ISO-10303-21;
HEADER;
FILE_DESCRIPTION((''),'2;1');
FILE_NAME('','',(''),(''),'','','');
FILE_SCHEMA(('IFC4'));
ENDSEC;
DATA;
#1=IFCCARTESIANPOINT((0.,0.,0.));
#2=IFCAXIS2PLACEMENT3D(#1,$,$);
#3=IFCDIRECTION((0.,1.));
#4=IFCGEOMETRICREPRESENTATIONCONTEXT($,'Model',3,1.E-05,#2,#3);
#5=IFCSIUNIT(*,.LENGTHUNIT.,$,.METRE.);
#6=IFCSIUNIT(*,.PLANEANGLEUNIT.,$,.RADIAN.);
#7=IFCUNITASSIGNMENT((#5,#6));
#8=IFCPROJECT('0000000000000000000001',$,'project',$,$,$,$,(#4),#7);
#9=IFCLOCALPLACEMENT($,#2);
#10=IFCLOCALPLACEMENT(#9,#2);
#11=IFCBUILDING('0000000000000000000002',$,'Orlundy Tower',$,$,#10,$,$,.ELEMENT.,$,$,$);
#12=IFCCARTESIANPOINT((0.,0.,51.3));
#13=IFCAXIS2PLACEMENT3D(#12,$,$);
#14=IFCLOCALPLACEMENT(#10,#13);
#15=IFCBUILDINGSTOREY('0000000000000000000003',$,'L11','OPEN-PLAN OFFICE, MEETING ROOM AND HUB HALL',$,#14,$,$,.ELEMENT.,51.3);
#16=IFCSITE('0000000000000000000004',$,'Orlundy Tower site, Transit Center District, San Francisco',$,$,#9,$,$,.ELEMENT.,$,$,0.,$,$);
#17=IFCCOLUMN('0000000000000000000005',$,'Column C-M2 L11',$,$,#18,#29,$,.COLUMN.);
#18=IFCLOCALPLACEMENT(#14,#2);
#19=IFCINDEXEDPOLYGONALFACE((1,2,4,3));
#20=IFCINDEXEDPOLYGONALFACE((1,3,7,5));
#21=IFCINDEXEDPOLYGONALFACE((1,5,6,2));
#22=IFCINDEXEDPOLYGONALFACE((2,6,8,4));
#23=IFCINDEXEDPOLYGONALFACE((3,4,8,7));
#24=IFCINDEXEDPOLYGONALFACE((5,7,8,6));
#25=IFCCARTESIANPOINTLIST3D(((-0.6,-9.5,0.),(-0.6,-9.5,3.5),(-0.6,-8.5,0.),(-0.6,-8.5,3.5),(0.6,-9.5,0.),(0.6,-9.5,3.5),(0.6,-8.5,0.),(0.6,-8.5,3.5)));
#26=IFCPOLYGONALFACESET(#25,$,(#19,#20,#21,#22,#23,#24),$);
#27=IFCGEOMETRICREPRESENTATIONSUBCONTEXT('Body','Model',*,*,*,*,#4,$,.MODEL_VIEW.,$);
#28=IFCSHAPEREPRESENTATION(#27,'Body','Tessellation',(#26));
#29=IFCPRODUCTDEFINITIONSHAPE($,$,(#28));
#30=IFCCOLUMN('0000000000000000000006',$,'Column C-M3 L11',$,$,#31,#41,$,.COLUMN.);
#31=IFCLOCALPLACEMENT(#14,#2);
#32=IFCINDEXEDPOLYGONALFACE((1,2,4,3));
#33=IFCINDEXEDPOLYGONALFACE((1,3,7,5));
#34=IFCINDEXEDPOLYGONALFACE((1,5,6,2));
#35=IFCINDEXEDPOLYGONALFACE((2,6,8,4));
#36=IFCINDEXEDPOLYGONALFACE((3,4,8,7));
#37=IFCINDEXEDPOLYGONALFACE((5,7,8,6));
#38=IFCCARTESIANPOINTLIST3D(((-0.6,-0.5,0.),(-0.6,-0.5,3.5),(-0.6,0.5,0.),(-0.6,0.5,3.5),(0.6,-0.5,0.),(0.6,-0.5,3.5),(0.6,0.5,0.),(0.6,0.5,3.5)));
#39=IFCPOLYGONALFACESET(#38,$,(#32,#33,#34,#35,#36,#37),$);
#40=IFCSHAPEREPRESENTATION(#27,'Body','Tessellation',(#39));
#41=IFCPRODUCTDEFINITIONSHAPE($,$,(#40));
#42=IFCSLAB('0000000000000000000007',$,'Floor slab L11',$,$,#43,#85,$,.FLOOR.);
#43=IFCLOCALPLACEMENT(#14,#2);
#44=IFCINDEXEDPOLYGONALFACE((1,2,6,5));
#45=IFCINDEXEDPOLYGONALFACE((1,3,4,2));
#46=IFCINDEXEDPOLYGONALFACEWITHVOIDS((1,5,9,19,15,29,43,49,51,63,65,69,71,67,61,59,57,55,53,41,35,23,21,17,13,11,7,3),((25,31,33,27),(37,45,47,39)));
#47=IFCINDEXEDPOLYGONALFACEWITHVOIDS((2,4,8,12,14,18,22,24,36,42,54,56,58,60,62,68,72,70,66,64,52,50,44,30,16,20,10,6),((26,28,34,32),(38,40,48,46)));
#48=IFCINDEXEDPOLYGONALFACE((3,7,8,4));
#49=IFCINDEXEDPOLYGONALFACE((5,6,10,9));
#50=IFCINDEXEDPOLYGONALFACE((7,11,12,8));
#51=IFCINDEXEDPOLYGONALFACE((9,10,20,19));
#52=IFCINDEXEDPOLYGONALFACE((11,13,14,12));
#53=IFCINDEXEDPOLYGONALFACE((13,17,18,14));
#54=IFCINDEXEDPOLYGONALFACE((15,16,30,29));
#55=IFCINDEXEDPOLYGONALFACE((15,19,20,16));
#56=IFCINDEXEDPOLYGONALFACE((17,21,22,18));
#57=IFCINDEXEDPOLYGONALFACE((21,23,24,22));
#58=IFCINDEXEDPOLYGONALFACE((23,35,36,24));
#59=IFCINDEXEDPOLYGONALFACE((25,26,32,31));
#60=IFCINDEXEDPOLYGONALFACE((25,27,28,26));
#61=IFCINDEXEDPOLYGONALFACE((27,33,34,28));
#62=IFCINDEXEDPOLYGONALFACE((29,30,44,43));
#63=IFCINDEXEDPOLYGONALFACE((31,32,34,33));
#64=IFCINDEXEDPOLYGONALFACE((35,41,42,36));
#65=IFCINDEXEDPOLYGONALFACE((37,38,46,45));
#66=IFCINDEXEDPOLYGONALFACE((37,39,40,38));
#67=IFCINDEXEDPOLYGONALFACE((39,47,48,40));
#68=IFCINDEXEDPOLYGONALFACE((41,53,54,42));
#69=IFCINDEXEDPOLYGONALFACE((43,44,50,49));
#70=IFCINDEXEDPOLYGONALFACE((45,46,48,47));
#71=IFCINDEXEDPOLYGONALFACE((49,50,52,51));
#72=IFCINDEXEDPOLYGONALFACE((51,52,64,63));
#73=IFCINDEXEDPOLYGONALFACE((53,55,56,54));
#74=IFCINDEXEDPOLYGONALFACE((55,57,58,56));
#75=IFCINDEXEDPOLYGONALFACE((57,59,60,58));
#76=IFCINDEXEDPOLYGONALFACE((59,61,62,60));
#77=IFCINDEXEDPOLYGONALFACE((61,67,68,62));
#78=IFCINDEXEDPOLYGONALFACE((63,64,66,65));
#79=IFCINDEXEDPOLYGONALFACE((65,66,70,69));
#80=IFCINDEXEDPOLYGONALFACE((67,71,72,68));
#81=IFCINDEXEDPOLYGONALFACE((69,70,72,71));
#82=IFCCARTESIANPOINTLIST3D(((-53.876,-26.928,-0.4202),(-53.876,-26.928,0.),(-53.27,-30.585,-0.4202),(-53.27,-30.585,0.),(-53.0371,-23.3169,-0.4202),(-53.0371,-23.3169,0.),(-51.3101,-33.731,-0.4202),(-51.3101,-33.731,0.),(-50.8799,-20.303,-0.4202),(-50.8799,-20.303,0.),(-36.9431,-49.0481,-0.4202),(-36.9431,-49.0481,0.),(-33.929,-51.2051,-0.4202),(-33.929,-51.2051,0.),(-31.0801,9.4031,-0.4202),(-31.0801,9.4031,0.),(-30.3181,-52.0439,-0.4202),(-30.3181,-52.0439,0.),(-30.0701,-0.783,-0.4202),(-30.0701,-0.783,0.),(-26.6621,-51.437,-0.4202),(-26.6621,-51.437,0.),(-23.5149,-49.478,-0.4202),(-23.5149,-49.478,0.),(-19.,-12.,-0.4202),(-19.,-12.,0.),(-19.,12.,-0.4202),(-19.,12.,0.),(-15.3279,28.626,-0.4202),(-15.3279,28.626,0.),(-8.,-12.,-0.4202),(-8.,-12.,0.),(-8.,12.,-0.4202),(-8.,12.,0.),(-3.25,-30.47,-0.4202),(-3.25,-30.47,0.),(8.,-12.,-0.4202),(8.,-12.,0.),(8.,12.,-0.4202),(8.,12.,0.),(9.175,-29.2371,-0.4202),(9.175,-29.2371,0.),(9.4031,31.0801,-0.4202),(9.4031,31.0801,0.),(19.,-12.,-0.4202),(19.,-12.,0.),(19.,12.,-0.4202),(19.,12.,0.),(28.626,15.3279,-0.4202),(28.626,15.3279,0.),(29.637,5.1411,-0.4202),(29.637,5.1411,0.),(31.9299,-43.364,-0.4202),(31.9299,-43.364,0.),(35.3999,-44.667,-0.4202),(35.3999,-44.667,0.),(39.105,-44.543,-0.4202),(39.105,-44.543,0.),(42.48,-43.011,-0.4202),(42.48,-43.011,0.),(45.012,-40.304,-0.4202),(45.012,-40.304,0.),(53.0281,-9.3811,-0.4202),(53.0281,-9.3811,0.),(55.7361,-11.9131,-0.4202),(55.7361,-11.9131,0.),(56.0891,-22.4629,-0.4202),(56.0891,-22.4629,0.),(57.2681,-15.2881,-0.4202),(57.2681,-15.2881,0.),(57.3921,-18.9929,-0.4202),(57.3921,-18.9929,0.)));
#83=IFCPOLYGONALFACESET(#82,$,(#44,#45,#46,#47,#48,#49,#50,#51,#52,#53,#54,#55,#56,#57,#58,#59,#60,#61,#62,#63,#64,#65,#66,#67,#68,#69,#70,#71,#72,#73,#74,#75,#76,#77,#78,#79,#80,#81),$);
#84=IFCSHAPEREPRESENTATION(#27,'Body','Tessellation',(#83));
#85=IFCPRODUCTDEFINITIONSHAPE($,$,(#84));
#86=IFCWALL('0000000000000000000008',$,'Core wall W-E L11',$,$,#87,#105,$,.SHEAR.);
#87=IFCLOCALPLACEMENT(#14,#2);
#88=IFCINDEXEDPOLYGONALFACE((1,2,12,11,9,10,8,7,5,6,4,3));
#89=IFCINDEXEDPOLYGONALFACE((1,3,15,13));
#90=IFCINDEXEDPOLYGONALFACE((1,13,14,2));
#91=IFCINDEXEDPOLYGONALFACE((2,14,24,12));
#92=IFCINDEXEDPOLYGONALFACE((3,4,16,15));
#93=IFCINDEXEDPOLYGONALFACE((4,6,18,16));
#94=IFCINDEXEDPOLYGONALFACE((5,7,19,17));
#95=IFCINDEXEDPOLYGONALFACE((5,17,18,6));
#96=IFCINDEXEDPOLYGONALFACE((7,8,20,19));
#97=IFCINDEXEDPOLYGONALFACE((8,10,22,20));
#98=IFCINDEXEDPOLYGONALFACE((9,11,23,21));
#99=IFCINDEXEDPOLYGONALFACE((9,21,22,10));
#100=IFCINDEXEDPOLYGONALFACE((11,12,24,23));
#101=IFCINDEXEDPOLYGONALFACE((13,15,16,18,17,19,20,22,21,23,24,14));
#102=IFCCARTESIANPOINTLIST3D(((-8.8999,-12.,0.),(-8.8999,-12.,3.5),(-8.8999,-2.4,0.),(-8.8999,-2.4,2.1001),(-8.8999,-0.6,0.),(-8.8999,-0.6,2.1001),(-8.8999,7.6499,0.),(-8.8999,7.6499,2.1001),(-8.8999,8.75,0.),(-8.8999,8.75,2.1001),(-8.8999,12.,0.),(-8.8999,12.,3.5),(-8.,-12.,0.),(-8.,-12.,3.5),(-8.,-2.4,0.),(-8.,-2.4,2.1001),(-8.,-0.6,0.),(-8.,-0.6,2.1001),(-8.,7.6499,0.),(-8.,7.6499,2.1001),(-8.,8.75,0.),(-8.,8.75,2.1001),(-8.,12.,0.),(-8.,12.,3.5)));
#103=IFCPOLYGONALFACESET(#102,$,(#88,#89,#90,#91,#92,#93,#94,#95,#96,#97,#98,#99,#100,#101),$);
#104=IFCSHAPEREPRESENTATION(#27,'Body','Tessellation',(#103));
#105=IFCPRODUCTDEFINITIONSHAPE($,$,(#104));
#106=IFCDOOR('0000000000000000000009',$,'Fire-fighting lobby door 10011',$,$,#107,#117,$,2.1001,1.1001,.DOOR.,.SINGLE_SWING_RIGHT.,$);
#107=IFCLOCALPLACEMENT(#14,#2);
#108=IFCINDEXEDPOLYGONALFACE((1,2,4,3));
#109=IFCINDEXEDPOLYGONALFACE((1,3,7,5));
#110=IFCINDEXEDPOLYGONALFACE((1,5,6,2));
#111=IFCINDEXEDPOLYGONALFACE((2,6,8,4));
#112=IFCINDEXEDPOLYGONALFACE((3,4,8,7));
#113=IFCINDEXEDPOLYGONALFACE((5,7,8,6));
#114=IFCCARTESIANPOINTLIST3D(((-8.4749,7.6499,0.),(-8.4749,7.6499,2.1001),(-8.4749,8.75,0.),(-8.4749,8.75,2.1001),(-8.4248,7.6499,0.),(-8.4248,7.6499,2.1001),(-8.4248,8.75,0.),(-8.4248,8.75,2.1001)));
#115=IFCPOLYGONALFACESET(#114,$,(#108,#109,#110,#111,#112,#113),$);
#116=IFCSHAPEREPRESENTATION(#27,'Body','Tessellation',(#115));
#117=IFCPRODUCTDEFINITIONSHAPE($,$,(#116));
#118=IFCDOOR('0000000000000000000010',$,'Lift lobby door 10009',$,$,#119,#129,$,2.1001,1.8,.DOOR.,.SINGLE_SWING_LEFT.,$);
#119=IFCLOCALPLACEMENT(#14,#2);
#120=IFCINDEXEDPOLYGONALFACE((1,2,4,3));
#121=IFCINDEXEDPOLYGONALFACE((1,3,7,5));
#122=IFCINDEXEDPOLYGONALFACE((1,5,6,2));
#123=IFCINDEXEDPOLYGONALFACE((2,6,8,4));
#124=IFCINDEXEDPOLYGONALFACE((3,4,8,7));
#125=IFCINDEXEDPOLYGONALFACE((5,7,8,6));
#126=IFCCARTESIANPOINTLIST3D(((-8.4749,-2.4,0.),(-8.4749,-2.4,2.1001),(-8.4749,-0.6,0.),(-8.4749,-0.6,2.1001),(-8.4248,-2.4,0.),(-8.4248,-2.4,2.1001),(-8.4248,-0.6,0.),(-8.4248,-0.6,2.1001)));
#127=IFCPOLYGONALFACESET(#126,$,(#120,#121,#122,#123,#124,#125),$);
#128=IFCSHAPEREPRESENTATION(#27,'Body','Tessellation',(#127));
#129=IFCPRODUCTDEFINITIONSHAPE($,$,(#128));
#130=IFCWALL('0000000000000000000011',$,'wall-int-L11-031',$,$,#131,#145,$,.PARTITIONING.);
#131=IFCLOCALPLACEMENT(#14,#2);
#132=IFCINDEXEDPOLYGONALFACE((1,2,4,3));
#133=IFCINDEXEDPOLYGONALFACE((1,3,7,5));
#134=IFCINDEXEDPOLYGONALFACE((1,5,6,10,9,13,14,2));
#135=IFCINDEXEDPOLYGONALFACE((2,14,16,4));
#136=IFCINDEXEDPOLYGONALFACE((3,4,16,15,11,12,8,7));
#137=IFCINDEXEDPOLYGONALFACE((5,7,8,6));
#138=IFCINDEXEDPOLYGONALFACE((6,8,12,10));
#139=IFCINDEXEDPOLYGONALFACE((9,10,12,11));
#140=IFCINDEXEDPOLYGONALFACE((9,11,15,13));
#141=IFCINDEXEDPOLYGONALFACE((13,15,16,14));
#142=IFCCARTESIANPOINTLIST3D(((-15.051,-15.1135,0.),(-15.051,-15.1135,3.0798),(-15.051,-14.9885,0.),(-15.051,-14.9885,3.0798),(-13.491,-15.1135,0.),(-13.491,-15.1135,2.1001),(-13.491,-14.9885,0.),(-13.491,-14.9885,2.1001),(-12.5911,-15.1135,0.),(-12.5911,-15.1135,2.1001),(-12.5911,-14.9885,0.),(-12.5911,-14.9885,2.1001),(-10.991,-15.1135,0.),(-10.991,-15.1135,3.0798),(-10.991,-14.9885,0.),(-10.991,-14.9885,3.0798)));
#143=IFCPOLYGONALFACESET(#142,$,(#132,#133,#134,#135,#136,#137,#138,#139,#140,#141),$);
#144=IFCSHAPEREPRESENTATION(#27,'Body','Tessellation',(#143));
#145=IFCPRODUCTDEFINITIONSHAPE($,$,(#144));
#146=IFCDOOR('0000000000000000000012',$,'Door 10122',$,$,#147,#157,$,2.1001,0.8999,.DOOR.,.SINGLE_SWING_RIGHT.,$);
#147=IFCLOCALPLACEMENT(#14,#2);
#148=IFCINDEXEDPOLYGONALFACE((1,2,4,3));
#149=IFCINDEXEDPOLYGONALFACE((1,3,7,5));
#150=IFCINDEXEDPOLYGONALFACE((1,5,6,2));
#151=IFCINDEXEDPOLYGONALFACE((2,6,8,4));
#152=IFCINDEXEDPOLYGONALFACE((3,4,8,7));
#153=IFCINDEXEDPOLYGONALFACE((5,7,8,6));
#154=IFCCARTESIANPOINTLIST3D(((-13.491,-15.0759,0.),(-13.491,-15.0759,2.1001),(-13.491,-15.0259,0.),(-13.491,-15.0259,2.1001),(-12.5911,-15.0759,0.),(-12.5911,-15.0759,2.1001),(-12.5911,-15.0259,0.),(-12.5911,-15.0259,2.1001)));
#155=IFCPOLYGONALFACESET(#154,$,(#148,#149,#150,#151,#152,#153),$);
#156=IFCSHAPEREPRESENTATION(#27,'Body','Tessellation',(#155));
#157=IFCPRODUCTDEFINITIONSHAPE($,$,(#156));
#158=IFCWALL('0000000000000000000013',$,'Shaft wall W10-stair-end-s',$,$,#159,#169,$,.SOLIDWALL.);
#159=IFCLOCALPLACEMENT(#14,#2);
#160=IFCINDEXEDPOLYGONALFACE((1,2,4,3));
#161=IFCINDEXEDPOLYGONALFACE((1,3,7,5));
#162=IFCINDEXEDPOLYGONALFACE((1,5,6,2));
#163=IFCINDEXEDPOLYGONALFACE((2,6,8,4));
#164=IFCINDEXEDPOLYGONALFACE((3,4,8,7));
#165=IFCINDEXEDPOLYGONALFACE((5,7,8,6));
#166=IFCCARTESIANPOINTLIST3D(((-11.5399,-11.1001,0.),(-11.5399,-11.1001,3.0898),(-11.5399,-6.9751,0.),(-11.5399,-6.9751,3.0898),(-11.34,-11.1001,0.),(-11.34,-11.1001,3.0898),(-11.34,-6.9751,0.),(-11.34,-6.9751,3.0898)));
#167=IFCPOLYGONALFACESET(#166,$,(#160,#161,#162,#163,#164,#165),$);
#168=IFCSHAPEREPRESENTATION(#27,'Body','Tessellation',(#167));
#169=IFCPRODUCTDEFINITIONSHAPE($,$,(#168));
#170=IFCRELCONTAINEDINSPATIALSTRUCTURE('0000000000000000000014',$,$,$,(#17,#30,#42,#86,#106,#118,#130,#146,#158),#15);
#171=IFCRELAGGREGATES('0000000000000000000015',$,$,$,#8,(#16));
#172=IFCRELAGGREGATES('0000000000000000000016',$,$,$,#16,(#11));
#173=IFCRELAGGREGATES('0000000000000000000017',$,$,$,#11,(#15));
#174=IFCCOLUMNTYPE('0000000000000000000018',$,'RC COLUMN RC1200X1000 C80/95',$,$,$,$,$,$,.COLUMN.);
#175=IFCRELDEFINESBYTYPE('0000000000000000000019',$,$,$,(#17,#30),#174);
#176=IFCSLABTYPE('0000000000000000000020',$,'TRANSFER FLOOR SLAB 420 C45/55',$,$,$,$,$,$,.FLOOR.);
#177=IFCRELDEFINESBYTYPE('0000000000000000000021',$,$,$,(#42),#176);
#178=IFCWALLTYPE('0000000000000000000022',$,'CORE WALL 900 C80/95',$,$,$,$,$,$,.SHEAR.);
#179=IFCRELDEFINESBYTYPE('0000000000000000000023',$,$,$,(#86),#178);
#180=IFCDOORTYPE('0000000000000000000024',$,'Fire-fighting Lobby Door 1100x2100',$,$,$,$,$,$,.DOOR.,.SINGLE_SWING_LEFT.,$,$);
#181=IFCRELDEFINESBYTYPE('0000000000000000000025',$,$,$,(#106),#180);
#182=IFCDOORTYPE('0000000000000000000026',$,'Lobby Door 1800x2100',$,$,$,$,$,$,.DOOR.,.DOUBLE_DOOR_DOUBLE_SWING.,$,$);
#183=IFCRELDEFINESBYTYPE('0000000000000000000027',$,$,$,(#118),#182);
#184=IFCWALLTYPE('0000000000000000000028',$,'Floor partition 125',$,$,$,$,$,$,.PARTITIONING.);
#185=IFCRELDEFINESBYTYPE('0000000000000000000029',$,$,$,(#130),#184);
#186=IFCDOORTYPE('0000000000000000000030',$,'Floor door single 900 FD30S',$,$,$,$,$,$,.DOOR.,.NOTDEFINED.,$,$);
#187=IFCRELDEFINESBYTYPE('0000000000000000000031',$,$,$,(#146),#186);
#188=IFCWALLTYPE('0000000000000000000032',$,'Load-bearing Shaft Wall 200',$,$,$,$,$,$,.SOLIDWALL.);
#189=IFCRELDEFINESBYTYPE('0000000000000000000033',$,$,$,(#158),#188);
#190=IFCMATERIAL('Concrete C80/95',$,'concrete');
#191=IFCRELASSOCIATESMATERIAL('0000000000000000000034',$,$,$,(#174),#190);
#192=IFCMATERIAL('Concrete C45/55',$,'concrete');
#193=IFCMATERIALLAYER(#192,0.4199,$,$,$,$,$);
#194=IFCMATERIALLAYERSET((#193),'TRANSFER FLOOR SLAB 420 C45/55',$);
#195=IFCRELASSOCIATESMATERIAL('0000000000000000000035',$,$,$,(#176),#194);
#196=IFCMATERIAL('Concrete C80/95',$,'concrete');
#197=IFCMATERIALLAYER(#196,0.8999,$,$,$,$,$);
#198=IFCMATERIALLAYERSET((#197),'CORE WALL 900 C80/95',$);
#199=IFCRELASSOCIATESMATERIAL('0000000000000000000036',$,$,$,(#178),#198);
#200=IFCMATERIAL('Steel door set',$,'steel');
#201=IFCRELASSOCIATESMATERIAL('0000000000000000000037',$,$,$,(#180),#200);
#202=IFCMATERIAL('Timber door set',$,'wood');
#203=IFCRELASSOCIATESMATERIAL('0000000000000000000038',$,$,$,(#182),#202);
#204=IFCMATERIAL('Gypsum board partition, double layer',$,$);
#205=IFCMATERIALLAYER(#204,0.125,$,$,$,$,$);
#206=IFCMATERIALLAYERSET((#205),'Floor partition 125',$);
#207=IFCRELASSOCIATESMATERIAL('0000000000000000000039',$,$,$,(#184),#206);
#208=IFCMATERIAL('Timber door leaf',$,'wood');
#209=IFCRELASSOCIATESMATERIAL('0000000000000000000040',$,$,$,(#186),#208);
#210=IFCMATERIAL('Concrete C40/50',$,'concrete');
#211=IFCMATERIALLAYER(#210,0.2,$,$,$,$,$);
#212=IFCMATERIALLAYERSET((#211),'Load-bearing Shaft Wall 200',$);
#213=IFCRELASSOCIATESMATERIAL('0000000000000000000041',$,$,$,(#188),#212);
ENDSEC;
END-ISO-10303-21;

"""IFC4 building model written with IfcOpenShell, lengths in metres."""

from ifc_helpers import new_model, si_unit, direction, frame, frame_2d, origin, origin_2d, place, context, subcontext, project, spatial, polyline, rectangle, outline, extrude, material, layer, layer_set, material_profile, profile_set, type_object, element, fill, save


model = new_model("IFC4")

# Units and contexts
model_context = context("Model", 3, precision=1e-05, world=origin(), true_north=direction((0.0, 1.0)))
body_context = subcontext(model_context, "Body", "Model", "MODEL_VIEW")
ifc_project = project(units=[si_unit("LENGTHUNIT", "METRE"), si_unit("PLANEANGLEUNIT", "RADIAN")], contexts=[model_context])

# Site, building, storey
site_placement = place(None, origin())
site = spatial("IfcSite", under=ifc_project, at=site_placement, Name="Orlundy Tower site, Transit Center District, San Francisco", CompositionType="ELEMENT", RefElevation=0.0)
building_placement = place(site_placement, origin())
building = spatial("IfcBuilding", under=site, at=building_placement, Name="Orlundy Tower", CompositionType="ELEMENT")
storey_placement = place(building_placement, frame((0.0, 0.0, 51.3)))
storey = spatial("IfcBuildingStorey", under=building, at=storey_placement, Name="L11", Description="OPEN-PLAN OFFICE, MEETING ROOM AND HUB HALL", CompositionType="ELEMENT", Elevation=51.3)

# Columns
ifc_material_1 = material(Name="Concrete C80/95", Category="concrete")
ifc_material_profile = material_profile(ifc_material_1, rectangle(XDim=1.2, YDim=1.0, at=origin_2d()), Name="RC1200X1000")
ifc_profile_set = profile_set([ifc_material_profile], Name="Concrete C80/95")
column_type = type_object("IfcColumnType", Name="RC COLUMN RC1200X1000 C80/95", PredefinedType="COLUMN", material=ifc_profile_set)
for number, where, z_axis, x_axis, name in (
    (1, (0.0, -9.0, 0.0), (0.0, 0.0, 1.0), (1.0, 0.0, 0.0), "Column C-M2 L11"),
    (2, (0.0, 0.0, 0.0), (0.0, 0.0, 1.0), (1.0, 0.0, 0.0), "Column C-M3 L11"),
):
    element("IfcColumn", number, at=place(storey_placement, frame(where, z_axis=z_axis, x_axis=x_axis)), inside=storey, type_object=column_type, Name=name, PredefinedType="COLUMN", context=body_context, shape_type="SweptSolid", body=[
        extrude(rectangle(XDim=1.2, YDim=1.0, at=origin_2d()), origin(), (0.0, 0.0, 1.0), 3.5),
    ])

# Slab
ifc_material_2 = material(Name="Concrete C45/55", Category="concrete")
ifc_layer_1 = layer(ifc_material_2, 0.4199)
ifc_layer_set_1 = layer_set([ifc_layer_1], Name="TRANSFER FLOOR SLAB 420 C45/55")
slab_type = type_object("IfcSlabType", Name="TRANSFER FLOOR SLAB 420 C45/55", PredefinedType="FLOOR", material=ifc_layer_set_1)
slab_placement = place(storey_placement, frame((0.0, 0.0, -0.4202)))
element("IfcSlab", 3, at=slab_placement, inside=storey, type_object=slab_type, Name="Floor slab L11", PredefinedType="FLOOR", context=body_context, shape_type="SweptSolid", body=[
    extrude(outline(polyline([(-30.0701, -0.783), (-31.0801, 9.4031), (-15.3279, 28.626), (9.4031, 31.0801), (28.626, 15.3279), (29.637, 5.1411), (53.0281, -9.3811), (55.7361, -11.9131), (57.2681, -15.2881), (57.3921, -18.9929), (56.0891, -22.4629), (45.012, -40.304), (42.48, -43.011), (39.105, -44.543), (35.3999, -44.667), (31.9299, -43.364), (9.175, -29.2371), (-3.25, -30.47), (-23.5149, -49.478), (-26.6621, -51.437), (-30.3181, -52.0439), (-33.929, -51.2051), (-36.9431, -49.0481), (-51.3101, -33.731), (-53.27, -30.585), (-53.876, -26.928), (-53.0371, -23.3169), (-50.8799, -20.303), (-30.0701, -0.783)]), holes=[polyline([(-8.0, -12.0), (-8.0, 12.0), (-19.0, 12.0), (-19.0, -12.0), (-8.0, -12.0)]), polyline([(19.0, -12.0), (19.0, 12.0), (8.0, 12.0), (8.0, -12.0), (19.0, -12.0)])]), origin(), (0.0, 0.0, 1.0), 0.4202),
])

# Wall, openings, doors
ifc_material_3 = material(Name="Concrete C80/95", Category="concrete")
ifc_layer_2 = layer(ifc_material_3, 0.8999)
ifc_layer_set_2 = layer_set([ifc_layer_2], Name="CORE WALL 900 C80/95")
wall_type_1 = type_object("IfcWallType", Name="CORE WALL 900 C80/95", PredefinedType="SHEAR", material=ifc_layer_set_2)
wall_1_placement = place(storey_placement, frame((-8.45, -12.0, 0.0), z_axis=(0.0, 0.0, 1.0), x_axis=(0.0, 1.0, 0.0)))
wall_1 = element("IfcWall", 4, at=wall_1_placement, inside=storey, type_object=wall_type_1, Name="Core wall W-E L11", PredefinedType="SHEAR", context=body_context, shape_type="SweptSolid", body=[
    extrude(rectangle(XDim=24.0, YDim=0.8999, at=frame_2d((12.0, 0.0))), origin(), (0.0, 0.0, 1.0), 3.5),
])
opening_1_placement = place(wall_1_placement, frame((9.6001, 0.0, 0.0)))
opening_1 = element("IfcOpeningElement", 5, at=opening_1_placement, cuts=wall_1, PredefinedType="OPENING", context=body_context, shape_type="SweptSolid", body=[
    extrude(rectangle(XDim=1.8, YDim=2.1001, at=frame_2d((0.8999, 1.05))), frame((0.0, 0.46, 0.0), z_axis=(0.0, -1.0, 0.0), x_axis=(1.0, 0.0, 0.0)), (0.0, 0.0, 1.0), 0.9199),
])
opening_2_placement = place(wall_1_placement, frame((19.6499, 0.0, 0.0)))
opening_2 = element("IfcOpeningElement", 6, at=opening_2_placement, cuts=wall_1, PredefinedType="OPENING", context=body_context, shape_type="SweptSolid", body=[
    extrude(rectangle(XDim=1.1001, YDim=2.1001, at=frame_2d((0.55, 1.05))), frame((0.0, 0.46, 0.0), z_axis=(0.0, -1.0, 0.0), x_axis=(1.0, 0.0, 0.0)), (0.0, 0.0, 1.0), 0.9199),
])
ifc_material_4 = material(Name="Steel door set", Category="steel")
door_type_1 = type_object("IfcDoorType", Name="Fire-fighting Lobby Door 1100x2100", OperationType="SINGLE_SWING_LEFT", PredefinedType="DOOR", material=ifc_material_4)
door_1_placement = place(opening_2_placement, origin())
door_1 = element("IfcDoor", 7, at=door_1_placement, inside=storey, type_object=door_type_1, Name="Fire-fighting lobby door 10011", OperationType="SINGLE_SWING_RIGHT", OverallHeight=2.1001, OverallWidth=1.1001, PredefinedType="DOOR", context=body_context, shape_type="SweptSolid", body=[
    extrude(rectangle(XDim=1.1001, YDim=2.1001, at=frame_2d((0.55, 1.05))), frame((0.0, 0.0249, 0.0), z_axis=(0.0, -1.0, 0.0), x_axis=(1.0, 0.0, 0.0)), (0.0, 0.0, 1.0), 0.05),
])
fill(opening_2, door_1)
ifc_material_5 = material(Name="Timber door set", Category="wood")
door_type_2 = type_object("IfcDoorType", Name="Lobby Door 1800x2100", OperationType="DOUBLE_DOOR_DOUBLE_SWING", PredefinedType="DOOR", material=ifc_material_5)
door_2_placement = place(opening_1_placement, origin())
door_2 = element("IfcDoor", 8, at=door_2_placement, inside=storey, type_object=door_type_2, Name="Lift lobby door 10009", OperationType="SINGLE_SWING_LEFT", OverallHeight=2.1001, OverallWidth=1.8, PredefinedType="DOOR", context=body_context, shape_type="SweptSolid", body=[
    extrude(rectangle(XDim=1.8, YDim=2.1001, at=frame_2d((0.8999, 1.05))), frame((0.0, 0.0249, 0.0), z_axis=(0.0, -1.0, 0.0), x_axis=(1.0, 0.0, 0.0)), (0.0, 0.0, 1.0), 0.05),
])
fill(opening_1, door_2)

# Wall, opening, door
ifc_material_6 = material(Name="Gypsum board partition, double layer")
ifc_layer_3 = layer(ifc_material_6, 0.125)
ifc_layer_set_3 = layer_set([ifc_layer_3], Name="Floor partition 125")
wall_type_2 = type_object("IfcWallType", Name="Floor partition 125", PredefinedType="PARTITIONING", material=ifc_layer_set_3)
wall_2_placement = place(storey_placement, frame((-10.991, -15.051, 0.0), z_axis=(0.0, 0.0, 1.0), x_axis=(-1.0, 0.0, 0.0)))
wall_2 = element("IfcWall", 9, at=wall_2_placement, inside=storey, type_object=wall_type_2, Name="wall-int-L11-031", PredefinedType="PARTITIONING", context=body_context, shape_type="SweptSolid", body=[
    extrude(rectangle(XDim=4.0601, YDim=0.125, at=frame_2d((2.03, 0.0))), origin(), (0.0, 0.0, 1.0), 3.0798),
])
opening_3_placement = place(wall_2_placement, frame((1.6001, 0.0, 0.0)))
opening_3 = element("IfcOpeningElement", 10, at=opening_3_placement, cuts=wall_2, PredefinedType="OPENING", context=body_context, shape_type="SweptSolid", body=[
    extrude(rectangle(XDim=0.8999, YDim=2.1001, at=frame_2d((0.45, 1.05))), frame((0.0, 0.0725, 0.0), z_axis=(0.0, -1.0, 0.0), x_axis=(1.0, 0.0, 0.0)), (0.0, 0.0, 1.0), 0.145),
])
ifc_material_7 = material(Name="Timber door leaf", Category="wood")
door_type_3 = type_object("IfcDoorType", Name="Floor door single 900 FD30S", OperationType="NOTDEFINED", PredefinedType="DOOR", material=ifc_material_7)
door_3_placement = place(opening_3_placement, origin())
door_3 = element("IfcDoor", 11, at=door_3_placement, inside=storey, type_object=door_type_3, Name="Door 10122", OperationType="SINGLE_SWING_RIGHT", OverallHeight=2.1001, OverallWidth=0.8999, PredefinedType="DOOR", context=body_context, shape_type="SweptSolid", body=[
    extrude(rectangle(XDim=0.8999, YDim=2.1001, at=frame_2d((0.45, 1.05))), frame((0.0, 0.0249, 0.0), z_axis=(0.0, -1.0, 0.0), x_axis=(1.0, 0.0, 0.0)), (0.0, 0.0, 1.0), 0.05),
])
fill(opening_3, door_3)

# Wall
ifc_material_8 = material(Name="Concrete C40/50", Category="concrete")
ifc_layer_4 = layer(ifc_material_8, 0.2)
ifc_layer_set_4 = layer_set([ifc_layer_4], Name="Load-bearing Shaft Wall 200")
wall_type_3 = type_object("IfcWallType", Name="Load-bearing Shaft Wall 200", PredefinedType="SOLIDWALL", material=ifc_layer_set_4)
wall_3_placement = place(storey_placement, frame((-11.4399, -11.1001, 0.0), z_axis=(0.0, 0.0, 1.0), x_axis=(0.0, 1.0, 0.0)))
element("IfcWall", 12, at=wall_3_placement, inside=storey, type_object=wall_type_3, Name="Shaft wall W10-stair-end-s", PredefinedType="SOLIDWALL", context=body_context, shape_type="SweptSolid", body=[
    extrude(rectangle(XDim=4.125, YDim=0.2, at=frame_2d((2.0625, 0.0))), origin(), (0.0, 0.0, 1.0), 3.0898),
])

save(model, "model.ifc")
